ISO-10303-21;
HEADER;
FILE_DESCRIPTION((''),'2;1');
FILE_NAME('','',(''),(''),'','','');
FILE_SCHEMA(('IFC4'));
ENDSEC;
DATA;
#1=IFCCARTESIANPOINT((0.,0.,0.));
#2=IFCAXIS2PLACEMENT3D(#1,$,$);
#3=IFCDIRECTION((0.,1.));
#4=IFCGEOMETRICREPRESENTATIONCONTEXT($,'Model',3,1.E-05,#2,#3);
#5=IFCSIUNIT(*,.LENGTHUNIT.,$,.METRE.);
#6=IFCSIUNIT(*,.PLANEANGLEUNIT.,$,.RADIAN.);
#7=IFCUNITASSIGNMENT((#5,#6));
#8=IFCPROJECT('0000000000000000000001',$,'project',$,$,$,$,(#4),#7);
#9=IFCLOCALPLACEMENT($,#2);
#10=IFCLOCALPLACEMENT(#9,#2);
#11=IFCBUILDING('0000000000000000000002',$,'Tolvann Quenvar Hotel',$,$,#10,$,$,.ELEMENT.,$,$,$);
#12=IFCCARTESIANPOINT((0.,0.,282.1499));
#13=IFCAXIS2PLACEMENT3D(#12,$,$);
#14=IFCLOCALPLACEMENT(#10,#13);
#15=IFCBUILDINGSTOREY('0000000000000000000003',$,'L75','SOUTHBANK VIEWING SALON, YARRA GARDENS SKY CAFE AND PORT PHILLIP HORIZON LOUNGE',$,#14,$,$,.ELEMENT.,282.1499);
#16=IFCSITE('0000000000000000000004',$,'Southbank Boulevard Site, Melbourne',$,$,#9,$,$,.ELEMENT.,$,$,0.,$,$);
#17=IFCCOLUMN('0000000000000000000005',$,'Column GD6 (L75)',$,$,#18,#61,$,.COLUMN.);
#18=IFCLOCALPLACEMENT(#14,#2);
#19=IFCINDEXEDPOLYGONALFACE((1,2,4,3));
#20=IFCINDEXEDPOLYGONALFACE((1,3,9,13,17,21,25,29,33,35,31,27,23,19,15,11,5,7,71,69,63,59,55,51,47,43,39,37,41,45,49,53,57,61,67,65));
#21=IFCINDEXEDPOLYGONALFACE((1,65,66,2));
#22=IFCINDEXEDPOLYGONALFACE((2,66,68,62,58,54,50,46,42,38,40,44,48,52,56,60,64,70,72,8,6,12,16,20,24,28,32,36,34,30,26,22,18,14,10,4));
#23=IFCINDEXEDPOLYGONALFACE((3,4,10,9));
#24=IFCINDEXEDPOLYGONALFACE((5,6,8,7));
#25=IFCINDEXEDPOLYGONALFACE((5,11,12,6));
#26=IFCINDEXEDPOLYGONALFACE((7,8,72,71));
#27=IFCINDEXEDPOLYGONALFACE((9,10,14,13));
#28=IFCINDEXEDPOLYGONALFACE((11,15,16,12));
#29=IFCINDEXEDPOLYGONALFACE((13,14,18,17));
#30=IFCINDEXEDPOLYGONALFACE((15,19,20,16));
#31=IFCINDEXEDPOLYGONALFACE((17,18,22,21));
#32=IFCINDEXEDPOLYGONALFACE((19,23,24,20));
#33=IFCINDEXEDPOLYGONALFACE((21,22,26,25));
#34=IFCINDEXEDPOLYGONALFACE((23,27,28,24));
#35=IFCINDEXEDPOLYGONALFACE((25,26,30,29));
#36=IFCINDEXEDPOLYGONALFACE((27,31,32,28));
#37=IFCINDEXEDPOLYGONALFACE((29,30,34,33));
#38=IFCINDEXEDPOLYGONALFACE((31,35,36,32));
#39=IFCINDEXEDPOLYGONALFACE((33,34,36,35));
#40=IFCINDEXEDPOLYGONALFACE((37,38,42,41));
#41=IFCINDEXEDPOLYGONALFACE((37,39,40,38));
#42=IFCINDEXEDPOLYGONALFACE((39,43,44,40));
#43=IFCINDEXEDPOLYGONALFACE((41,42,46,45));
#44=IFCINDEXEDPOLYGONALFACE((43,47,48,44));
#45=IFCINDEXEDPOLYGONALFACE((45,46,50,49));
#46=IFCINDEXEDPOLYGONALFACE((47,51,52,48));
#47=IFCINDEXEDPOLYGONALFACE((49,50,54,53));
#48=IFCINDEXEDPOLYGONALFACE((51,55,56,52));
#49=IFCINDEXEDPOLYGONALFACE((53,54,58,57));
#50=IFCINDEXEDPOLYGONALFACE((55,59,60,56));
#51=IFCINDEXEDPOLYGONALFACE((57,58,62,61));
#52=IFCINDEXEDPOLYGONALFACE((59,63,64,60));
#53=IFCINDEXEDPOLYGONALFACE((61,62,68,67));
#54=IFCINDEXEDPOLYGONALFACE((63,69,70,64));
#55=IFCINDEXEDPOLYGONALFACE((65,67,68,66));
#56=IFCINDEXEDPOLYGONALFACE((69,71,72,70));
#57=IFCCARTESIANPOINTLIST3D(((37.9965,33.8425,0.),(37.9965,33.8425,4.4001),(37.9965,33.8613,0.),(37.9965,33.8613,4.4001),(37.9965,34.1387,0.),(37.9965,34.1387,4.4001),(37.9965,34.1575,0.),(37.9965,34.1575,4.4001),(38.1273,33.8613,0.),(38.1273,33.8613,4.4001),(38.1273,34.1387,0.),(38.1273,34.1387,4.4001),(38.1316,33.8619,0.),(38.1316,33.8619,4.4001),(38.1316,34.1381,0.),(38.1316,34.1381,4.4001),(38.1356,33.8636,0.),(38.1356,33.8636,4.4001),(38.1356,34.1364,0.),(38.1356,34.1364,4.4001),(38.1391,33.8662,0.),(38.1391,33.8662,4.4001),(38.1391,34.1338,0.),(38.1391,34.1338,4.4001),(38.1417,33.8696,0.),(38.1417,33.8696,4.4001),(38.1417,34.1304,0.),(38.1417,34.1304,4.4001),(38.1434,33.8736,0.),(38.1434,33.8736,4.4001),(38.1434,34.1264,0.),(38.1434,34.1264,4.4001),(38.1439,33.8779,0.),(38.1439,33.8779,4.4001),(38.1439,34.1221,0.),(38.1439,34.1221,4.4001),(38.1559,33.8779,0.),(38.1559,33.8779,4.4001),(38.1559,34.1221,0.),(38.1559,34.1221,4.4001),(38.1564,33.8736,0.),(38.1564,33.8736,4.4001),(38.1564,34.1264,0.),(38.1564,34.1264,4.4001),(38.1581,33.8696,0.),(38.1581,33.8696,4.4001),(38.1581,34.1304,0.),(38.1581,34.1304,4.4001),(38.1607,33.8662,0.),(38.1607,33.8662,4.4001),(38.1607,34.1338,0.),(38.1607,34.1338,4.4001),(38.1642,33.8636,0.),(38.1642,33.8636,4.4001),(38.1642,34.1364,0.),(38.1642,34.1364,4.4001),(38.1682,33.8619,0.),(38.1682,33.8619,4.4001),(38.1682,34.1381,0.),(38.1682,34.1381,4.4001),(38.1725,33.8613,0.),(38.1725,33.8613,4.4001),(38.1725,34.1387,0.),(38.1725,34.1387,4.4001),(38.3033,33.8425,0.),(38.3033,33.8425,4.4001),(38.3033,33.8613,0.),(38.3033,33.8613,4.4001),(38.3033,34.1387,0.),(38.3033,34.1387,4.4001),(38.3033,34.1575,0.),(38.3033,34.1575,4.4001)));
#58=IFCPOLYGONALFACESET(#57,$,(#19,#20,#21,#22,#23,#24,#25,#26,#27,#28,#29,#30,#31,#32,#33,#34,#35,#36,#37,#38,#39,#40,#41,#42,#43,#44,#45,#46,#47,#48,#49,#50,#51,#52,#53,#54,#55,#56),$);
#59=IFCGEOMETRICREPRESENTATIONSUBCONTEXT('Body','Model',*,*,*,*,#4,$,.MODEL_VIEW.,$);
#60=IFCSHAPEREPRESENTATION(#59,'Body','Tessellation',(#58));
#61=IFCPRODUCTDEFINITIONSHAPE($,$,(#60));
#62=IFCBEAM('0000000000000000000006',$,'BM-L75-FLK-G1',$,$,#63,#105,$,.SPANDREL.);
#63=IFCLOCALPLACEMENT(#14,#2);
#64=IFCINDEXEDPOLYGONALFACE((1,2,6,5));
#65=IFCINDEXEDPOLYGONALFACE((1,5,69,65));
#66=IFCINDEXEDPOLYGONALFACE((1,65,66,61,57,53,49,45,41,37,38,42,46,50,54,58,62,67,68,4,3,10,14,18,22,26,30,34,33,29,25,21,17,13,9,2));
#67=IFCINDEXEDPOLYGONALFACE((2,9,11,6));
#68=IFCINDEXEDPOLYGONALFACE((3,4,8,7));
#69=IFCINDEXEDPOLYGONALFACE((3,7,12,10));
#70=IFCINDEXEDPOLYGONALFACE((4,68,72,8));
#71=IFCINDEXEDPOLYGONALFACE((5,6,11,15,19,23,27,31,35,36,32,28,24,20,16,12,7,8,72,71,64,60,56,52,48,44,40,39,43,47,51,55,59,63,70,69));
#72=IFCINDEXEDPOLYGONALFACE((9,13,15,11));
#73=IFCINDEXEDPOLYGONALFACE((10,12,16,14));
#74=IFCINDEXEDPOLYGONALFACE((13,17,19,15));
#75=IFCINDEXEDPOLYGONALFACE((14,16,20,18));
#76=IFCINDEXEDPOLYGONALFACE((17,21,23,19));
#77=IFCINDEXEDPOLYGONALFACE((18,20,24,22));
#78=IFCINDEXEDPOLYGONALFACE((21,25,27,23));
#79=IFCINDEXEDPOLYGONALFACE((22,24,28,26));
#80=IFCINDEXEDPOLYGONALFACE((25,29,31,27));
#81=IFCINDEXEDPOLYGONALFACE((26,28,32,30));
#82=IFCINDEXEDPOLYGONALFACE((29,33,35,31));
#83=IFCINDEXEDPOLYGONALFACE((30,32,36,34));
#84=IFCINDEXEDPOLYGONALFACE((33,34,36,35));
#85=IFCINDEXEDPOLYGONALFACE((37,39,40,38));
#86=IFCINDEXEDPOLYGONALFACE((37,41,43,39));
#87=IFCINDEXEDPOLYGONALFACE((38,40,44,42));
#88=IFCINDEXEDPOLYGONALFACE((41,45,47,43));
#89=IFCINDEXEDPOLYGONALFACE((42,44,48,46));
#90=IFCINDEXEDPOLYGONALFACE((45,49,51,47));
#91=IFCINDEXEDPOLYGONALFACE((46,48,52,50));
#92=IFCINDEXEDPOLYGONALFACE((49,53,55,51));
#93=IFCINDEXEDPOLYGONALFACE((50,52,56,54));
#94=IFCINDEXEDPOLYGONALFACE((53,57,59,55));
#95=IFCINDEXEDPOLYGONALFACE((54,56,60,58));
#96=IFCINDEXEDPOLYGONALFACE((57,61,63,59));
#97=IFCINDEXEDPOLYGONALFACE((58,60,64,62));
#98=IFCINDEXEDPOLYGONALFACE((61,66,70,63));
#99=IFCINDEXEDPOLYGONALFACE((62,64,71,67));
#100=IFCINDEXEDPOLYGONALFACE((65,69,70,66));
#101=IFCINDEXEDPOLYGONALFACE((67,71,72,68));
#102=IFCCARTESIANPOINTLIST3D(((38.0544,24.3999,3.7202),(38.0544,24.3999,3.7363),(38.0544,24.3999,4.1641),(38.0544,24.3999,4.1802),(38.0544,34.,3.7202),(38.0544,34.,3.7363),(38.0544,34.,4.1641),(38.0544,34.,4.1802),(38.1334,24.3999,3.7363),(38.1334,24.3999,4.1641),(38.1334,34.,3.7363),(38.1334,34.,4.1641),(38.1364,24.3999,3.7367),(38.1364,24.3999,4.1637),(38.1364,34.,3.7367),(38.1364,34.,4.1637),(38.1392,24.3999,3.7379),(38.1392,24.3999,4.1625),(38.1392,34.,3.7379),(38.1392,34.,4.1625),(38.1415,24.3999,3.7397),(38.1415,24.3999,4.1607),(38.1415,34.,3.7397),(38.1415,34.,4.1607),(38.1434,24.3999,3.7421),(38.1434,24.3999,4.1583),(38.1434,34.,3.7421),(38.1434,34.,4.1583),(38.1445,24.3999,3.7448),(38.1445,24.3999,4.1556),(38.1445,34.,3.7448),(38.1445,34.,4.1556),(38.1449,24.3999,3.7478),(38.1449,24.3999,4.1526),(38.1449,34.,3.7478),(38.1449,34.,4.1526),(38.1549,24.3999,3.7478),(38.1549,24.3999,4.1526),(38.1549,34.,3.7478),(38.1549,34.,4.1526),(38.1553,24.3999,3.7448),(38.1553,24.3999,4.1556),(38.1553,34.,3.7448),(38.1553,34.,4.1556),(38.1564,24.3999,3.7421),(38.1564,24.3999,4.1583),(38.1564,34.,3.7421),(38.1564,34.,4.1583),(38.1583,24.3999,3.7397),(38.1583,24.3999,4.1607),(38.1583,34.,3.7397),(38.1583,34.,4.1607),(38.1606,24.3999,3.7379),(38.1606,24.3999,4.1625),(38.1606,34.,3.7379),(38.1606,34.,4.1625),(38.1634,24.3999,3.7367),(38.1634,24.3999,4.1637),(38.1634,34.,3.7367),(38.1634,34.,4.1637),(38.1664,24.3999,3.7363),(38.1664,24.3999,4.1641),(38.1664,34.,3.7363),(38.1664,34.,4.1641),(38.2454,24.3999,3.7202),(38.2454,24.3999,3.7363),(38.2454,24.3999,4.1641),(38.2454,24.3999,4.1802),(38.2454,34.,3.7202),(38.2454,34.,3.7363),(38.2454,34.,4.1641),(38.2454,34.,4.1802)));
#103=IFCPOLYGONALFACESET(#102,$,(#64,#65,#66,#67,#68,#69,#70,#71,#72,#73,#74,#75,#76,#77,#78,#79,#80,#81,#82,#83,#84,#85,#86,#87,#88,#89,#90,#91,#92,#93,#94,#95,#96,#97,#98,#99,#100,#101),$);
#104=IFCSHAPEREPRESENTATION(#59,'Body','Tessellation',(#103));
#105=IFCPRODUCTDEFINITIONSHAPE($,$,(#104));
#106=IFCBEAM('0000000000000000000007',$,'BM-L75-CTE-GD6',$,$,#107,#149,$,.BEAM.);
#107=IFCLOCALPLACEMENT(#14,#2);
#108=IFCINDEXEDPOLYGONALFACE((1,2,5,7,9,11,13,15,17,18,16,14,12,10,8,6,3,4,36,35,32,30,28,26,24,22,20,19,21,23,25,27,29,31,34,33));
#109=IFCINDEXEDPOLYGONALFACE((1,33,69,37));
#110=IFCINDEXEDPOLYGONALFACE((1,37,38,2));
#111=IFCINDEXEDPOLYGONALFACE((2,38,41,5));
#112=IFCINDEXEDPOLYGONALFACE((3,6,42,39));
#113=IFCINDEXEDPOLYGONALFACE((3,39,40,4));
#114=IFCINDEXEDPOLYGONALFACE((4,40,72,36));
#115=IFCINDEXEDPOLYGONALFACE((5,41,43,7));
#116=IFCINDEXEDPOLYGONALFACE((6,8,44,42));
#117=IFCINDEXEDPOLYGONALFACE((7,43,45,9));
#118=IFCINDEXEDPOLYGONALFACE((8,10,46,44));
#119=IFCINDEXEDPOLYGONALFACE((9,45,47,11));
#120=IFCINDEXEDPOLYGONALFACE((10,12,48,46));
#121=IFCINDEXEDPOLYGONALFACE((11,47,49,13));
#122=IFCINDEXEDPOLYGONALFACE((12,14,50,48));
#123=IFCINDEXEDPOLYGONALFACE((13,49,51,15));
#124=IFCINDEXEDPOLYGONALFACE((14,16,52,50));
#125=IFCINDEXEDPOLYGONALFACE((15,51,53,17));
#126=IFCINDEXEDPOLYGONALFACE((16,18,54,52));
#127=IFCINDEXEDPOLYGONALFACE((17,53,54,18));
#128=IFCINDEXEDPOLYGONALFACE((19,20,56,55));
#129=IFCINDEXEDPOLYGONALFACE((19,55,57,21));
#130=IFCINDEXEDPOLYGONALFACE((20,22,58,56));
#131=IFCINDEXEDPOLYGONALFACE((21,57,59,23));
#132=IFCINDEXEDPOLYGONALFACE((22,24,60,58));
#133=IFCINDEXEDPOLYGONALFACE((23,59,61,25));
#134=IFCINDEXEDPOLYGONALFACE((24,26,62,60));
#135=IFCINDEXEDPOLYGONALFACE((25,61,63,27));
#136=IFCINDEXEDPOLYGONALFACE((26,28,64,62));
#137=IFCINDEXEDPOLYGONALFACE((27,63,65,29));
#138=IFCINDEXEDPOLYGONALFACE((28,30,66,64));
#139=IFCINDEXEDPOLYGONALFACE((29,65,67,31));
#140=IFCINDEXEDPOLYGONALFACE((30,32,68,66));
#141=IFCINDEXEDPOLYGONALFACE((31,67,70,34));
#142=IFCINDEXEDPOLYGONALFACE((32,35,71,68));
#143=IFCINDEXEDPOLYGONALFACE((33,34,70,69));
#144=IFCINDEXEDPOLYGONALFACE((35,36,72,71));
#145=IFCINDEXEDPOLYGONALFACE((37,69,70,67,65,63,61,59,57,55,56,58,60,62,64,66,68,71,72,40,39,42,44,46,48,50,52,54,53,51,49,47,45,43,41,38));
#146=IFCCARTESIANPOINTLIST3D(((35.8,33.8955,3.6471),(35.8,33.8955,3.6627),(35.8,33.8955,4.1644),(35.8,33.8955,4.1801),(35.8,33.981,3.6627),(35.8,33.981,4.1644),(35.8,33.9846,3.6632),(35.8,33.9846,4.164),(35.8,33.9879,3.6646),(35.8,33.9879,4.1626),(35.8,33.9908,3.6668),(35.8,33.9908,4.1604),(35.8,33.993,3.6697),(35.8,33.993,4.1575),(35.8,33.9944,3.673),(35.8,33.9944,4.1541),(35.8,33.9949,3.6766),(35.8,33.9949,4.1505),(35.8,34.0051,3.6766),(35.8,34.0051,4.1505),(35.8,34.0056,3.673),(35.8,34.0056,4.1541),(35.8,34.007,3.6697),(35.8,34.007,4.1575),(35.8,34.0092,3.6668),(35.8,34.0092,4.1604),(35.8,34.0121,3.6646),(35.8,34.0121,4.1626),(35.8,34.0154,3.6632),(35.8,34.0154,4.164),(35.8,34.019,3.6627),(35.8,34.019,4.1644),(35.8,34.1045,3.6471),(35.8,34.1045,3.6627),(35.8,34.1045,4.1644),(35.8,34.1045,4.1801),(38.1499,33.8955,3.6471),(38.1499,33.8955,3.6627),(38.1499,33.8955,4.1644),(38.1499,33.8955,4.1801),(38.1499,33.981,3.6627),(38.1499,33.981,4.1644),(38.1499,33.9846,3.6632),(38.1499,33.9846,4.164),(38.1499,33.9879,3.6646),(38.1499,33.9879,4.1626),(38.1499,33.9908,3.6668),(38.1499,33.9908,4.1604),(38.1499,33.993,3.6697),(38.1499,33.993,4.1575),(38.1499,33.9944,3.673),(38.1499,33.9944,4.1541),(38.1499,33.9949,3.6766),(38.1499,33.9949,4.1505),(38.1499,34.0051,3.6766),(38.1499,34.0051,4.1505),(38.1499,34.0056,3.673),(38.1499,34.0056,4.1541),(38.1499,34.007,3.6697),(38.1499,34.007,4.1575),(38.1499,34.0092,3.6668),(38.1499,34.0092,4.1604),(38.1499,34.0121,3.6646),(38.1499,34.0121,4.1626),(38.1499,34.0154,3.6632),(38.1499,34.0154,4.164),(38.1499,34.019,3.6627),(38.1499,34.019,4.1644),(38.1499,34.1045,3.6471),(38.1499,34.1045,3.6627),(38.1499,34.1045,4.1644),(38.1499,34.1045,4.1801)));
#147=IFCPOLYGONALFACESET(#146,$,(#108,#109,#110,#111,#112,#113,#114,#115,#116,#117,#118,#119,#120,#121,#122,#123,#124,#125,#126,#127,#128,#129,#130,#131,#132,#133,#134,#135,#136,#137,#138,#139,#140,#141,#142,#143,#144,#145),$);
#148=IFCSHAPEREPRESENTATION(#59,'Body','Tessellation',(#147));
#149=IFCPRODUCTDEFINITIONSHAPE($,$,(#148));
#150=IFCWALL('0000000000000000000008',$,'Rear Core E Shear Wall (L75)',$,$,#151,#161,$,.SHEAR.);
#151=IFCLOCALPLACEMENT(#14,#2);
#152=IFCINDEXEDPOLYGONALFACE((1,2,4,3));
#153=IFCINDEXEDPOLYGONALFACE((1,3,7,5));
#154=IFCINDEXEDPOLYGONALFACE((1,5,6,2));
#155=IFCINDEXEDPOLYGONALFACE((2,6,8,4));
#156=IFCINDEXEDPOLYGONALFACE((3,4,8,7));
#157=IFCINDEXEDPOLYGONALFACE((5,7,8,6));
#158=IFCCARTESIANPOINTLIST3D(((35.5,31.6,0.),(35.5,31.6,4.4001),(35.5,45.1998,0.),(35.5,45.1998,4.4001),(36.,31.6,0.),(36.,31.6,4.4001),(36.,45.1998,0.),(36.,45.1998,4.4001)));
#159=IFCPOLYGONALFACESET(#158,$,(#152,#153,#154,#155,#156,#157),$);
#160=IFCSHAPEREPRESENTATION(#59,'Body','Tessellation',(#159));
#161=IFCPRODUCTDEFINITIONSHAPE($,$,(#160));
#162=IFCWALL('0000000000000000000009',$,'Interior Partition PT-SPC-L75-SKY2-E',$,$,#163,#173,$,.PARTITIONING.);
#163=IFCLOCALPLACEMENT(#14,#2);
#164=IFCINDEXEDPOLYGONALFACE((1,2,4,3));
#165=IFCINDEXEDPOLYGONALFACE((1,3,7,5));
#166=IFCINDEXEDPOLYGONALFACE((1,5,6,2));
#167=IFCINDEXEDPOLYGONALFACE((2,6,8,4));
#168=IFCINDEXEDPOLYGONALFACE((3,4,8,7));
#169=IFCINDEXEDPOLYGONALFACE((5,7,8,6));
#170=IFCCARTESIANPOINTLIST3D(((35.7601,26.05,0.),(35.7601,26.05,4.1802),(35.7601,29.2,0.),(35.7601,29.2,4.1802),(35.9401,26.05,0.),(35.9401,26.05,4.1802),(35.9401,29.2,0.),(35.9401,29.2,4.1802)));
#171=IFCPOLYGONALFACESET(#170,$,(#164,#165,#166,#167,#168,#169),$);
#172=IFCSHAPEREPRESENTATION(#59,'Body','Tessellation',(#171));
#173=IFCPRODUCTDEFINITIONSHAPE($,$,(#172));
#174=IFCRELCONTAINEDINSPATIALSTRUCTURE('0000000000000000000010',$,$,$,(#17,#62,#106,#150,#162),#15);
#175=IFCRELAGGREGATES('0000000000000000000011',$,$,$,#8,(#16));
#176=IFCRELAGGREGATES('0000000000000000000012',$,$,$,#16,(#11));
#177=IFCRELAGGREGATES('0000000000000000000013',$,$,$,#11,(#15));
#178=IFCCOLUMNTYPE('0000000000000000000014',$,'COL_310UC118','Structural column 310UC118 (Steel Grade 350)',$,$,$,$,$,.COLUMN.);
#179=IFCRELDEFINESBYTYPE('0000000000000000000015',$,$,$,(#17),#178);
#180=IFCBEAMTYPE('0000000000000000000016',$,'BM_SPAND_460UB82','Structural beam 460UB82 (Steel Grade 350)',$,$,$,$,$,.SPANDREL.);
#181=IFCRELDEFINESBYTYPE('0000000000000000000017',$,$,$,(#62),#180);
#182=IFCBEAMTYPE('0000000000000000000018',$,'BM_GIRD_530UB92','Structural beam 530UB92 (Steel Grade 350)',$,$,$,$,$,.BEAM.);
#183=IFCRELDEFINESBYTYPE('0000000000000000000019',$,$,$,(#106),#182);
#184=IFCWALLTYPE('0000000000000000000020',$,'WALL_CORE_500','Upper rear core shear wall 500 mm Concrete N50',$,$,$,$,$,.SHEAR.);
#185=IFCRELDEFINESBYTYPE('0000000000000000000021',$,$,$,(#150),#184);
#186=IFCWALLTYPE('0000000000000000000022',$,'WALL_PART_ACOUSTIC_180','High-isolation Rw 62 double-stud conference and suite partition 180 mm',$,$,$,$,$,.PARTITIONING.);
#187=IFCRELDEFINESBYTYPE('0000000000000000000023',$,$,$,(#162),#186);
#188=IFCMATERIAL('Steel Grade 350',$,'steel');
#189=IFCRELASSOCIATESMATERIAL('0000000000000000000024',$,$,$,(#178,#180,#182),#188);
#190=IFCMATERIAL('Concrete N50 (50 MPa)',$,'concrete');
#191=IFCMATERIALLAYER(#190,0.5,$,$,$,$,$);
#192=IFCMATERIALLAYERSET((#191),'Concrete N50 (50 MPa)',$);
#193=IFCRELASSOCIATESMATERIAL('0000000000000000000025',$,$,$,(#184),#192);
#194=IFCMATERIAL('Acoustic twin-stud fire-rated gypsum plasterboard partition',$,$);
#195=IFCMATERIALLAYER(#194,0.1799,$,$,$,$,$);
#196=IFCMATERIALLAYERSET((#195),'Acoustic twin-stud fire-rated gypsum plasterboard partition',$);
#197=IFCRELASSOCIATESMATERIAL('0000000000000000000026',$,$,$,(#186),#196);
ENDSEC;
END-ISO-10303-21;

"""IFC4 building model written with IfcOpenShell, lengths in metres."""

from ifc_helpers import new_model, si_unit, direction, frame, frame_2d, origin, origin_2d, place, context, subcontext, project, spatial, rectangle, i_section, extrude, source, transform, mapped, material, layer, layer_set, material_profile, profile_set, type_object, type_shapes, element, save


model = new_model("IFC4")

# Units and contexts
model_context = context("Model", 3, precision=1e-05, world=origin(), true_north=direction((0.0, 1.0)))
body_context = subcontext(model_context, "Body", "Model", "MODEL_VIEW")
ifc_project = project(units=[si_unit("LENGTHUNIT", "METRE"), si_unit("PLANEANGLEUNIT", "RADIAN")], contexts=[model_context])

# Site, building, storey
site_placement = place(None, origin())
site = spatial("IfcSite", under=ifc_project, at=site_placement, Name="Southbank Boulevard Site, Melbourne", CompositionType="ELEMENT", RefElevation=0.0)
building_placement = place(site_placement, origin())
building = spatial("IfcBuilding", under=site, at=building_placement, Name="Tolvann Quenvar Hotel", CompositionType="ELEMENT")
storey_placement = place(building_placement, frame((0.0, 0.0, 282.1499)))
storey = spatial("IfcBuildingStorey", under=building, at=storey_placement, Name="L75", Description="SOUTHBANK VIEWING SALON, YARRA GARDENS SKY CAFE AND PORT PHILLIP HORIZON LOUNGE", CompositionType="ELEMENT", Elevation=282.1499)

# Column
ifc_material_1 = material(Name="Steel Grade 350", Category="steel")
ifc_material_profile_1 = material_profile(ifc_material_1, i_section(OverallWidth=0.3069, OverallDepth=0.3149, WebThickness=0.012, FlangeThickness=0.0188, FilletRadius=0.0166, at=origin_2d()), Name="310UC118")
ifc_profile_set_1 = profile_set([ifc_material_profile_1], Name="Steel Grade 350")
column_type = type_object("IfcColumnType", Name="COL_310UC118", Description="Structural column 310UC118 (Steel Grade 350)", PredefinedType="COLUMN", material=ifc_profile_set_1)
shared_shape_1 = source(origin(), body_context, "Body", "SweptSolid", [
    extrude(i_section(OverallWidth=0.3069, OverallDepth=0.3149, WebThickness=0.012, FlangeThickness=0.0188, FilletRadius=0.0166, at=origin_2d()), origin(), (0.0, 0.0, 1.0), 4.4001),
])
type_shapes(column_type, [shared_shape_1])
column_placement = place(storey_placement, frame((38.1499, 34.0, 0.0), z_axis=(0.0, 0.0, 1.0), x_axis=(1.0, 0.0, 0.0)))
element("IfcColumn", 1, at=column_placement, inside=storey, type_object=column_type, Name="Column GD6 (L75)", PredefinedType="COLUMN", context=body_context, shape_type="MappedRepresentation", body=[
    mapped(shared_shape_1, transform((0.0, 0.0, 0.0), x_axis=(1.0, 0.0, 0.0), y_axis=(0.0, 1.0, 0.0), z_axis=(0.0, 0.0, 1.0), scale=1.0)),
])

# Beams
ifc_material_profile_2 = material_profile(ifc_material_1, i_section(OverallWidth=0.1909, OverallDepth=0.46, WebThickness=0.01, FlangeThickness=0.0161, FilletRadius=0.0115, at=origin_2d()), Name="460UB82")
ifc_profile_set_2 = profile_set([ifc_material_profile_2], Name="Steel Grade 350")
beam_type_1 = type_object("IfcBeamType", Name="BM_SPAND_460UB82", Description="Structural beam 460UB82 (Steel Grade 350)", PredefinedType="SPANDREL", material=ifc_profile_set_2)
shared_shape_2 = source(origin(), body_context, "Body", "SweptSolid", [
    extrude(i_section(OverallWidth=0.1909, OverallDepth=0.46, WebThickness=0.01, FlangeThickness=0.0161, FilletRadius=0.0115, at=origin_2d()), origin(), (0.0, 0.0, 1.0), 9.6001),
])
type_shapes(beam_type_1, [shared_shape_2])
beam_1_placement = place(storey_placement, frame((38.1499, 24.3999, 3.9502), z_axis=(0.0, 1.0, 0.0), x_axis=(-1.0, 0.0, 0.0)))
element("IfcBeam", 2, at=beam_1_placement, inside=storey, type_object=beam_type_1, Name="BM-L75-FLK-G1", PredefinedType="SPANDREL", context=body_context, shape_type="MappedRepresentation", body=[
    mapped(shared_shape_2, transform((0.0, 0.0, 0.0), x_axis=(1.0, 0.0, 0.0), y_axis=(0.0, 1.0, 0.0), z_axis=(0.0, 0.0, 1.0), scale=1.0)),
])
ifc_material_profile_3 = material_profile(ifc_material_1, i_section(OverallWidth=0.209, OverallDepth=0.533, WebThickness=0.0103, FlangeThickness=0.0156, FilletRadius=0.0139, at=origin_2d()), Name="530UB92")
ifc_profile_set_3 = profile_set([ifc_material_profile_3], Name="Steel Grade 350")
beam_type_2 = type_object("IfcBeamType", Name="BM_GIRD_530UB92", Description="Structural beam 530UB92 (Steel Grade 350)", PredefinedType="BEAM", material=ifc_profile_set_3)
shared_shape_3 = source(origin(), body_context, "Body", "SweptSolid", [
    extrude(i_section(OverallWidth=0.209, OverallDepth=0.533, WebThickness=0.0103, FlangeThickness=0.0156, FilletRadius=0.0139, at=origin_2d()), origin(), (0.0, 0.0, 1.0), 2.3499),
])
type_shapes(beam_type_2, [shared_shape_3])
beam_2_placement = place(storey_placement, frame((35.8, 34.0, 3.9136), z_axis=(1.0, 0.0, 0.0), x_axis=(0.0, 1.0, 0.0)))
element("IfcBeam", 3, at=beam_2_placement, inside=storey, type_object=beam_type_2, Name="BM-L75-CTE-GD6", PredefinedType="BEAM", context=body_context, shape_type="MappedRepresentation", body=[
    mapped(shared_shape_3, transform((0.0, 0.0, 0.0), x_axis=(1.0, 0.0, 0.0), y_axis=(0.0, 1.0, 0.0), z_axis=(0.0, 0.0, 1.0), scale=1.0)),
])

# Walls
ifc_material_2 = material(Name="Concrete N50 (50 MPa)", Category="concrete")
ifc_layer_1 = layer(ifc_material_2, 0.5)
ifc_layer_set_1 = layer_set([ifc_layer_1], Name="Concrete N50 (50 MPa)")
wall_type_1 = type_object("IfcWallType", Name="WALL_CORE_500", Description="Upper rear core shear wall 500 mm Concrete N50", PredefinedType="SHEAR", material=ifc_layer_set_1)
wall_1_placement = place(storey_placement, frame((35.75, 31.6001, 0.0), z_axis=(0.0, 0.0, 1.0), x_axis=(0.0, 1.0, 0.0)))
element("IfcWall", 4, at=wall_1_placement, inside=storey, type_object=wall_type_1, Name="Rear Core E Shear Wall (L75)", PredefinedType="SHEAR", context=body_context, shape_type="SweptSolid", body=[
    extrude(rectangle(XDim=13.5999, YDim=0.5, at=frame_2d((6.7998, 0.0))), origin(), (0.0, 0.0, 1.0), 4.4001),
])
ifc_material_3 = material(Name="Acoustic twin-stud fire-rated gypsum plasterboard partition")
ifc_layer_2 = layer(ifc_material_3, 0.1799)
ifc_layer_set_2 = layer_set([ifc_layer_2], Name="Acoustic twin-stud fire-rated gypsum plasterboard partition")
wall_type_2 = type_object("IfcWallType", Name="WALL_PART_ACOUSTIC_180", Description="High-isolation Rw 62 double-stud conference and suite partition 180 mm", PredefinedType="PARTITIONING", material=ifc_layer_set_2)
wall_2_placement = place(storey_placement, frame((35.8501, 26.05, 0.0), z_axis=(0.0, 0.0, 1.0), x_axis=(0.0, 1.0, 0.0)))
element("IfcWall", 5, at=wall_2_placement, inside=storey, type_object=wall_type_2, Name="Interior Partition PT-SPC-L75-SKY2-E", PredefinedType="PARTITIONING", context=body_context, shape_type="SweptSolid", body=[
    extrude(rectangle(XDim=3.1499, YDim=0.1799, at=frame_2d((1.575, 0.0))), origin(), (0.0, 0.0, 1.0), 4.1802),
])

save(model, "model.ifc")
